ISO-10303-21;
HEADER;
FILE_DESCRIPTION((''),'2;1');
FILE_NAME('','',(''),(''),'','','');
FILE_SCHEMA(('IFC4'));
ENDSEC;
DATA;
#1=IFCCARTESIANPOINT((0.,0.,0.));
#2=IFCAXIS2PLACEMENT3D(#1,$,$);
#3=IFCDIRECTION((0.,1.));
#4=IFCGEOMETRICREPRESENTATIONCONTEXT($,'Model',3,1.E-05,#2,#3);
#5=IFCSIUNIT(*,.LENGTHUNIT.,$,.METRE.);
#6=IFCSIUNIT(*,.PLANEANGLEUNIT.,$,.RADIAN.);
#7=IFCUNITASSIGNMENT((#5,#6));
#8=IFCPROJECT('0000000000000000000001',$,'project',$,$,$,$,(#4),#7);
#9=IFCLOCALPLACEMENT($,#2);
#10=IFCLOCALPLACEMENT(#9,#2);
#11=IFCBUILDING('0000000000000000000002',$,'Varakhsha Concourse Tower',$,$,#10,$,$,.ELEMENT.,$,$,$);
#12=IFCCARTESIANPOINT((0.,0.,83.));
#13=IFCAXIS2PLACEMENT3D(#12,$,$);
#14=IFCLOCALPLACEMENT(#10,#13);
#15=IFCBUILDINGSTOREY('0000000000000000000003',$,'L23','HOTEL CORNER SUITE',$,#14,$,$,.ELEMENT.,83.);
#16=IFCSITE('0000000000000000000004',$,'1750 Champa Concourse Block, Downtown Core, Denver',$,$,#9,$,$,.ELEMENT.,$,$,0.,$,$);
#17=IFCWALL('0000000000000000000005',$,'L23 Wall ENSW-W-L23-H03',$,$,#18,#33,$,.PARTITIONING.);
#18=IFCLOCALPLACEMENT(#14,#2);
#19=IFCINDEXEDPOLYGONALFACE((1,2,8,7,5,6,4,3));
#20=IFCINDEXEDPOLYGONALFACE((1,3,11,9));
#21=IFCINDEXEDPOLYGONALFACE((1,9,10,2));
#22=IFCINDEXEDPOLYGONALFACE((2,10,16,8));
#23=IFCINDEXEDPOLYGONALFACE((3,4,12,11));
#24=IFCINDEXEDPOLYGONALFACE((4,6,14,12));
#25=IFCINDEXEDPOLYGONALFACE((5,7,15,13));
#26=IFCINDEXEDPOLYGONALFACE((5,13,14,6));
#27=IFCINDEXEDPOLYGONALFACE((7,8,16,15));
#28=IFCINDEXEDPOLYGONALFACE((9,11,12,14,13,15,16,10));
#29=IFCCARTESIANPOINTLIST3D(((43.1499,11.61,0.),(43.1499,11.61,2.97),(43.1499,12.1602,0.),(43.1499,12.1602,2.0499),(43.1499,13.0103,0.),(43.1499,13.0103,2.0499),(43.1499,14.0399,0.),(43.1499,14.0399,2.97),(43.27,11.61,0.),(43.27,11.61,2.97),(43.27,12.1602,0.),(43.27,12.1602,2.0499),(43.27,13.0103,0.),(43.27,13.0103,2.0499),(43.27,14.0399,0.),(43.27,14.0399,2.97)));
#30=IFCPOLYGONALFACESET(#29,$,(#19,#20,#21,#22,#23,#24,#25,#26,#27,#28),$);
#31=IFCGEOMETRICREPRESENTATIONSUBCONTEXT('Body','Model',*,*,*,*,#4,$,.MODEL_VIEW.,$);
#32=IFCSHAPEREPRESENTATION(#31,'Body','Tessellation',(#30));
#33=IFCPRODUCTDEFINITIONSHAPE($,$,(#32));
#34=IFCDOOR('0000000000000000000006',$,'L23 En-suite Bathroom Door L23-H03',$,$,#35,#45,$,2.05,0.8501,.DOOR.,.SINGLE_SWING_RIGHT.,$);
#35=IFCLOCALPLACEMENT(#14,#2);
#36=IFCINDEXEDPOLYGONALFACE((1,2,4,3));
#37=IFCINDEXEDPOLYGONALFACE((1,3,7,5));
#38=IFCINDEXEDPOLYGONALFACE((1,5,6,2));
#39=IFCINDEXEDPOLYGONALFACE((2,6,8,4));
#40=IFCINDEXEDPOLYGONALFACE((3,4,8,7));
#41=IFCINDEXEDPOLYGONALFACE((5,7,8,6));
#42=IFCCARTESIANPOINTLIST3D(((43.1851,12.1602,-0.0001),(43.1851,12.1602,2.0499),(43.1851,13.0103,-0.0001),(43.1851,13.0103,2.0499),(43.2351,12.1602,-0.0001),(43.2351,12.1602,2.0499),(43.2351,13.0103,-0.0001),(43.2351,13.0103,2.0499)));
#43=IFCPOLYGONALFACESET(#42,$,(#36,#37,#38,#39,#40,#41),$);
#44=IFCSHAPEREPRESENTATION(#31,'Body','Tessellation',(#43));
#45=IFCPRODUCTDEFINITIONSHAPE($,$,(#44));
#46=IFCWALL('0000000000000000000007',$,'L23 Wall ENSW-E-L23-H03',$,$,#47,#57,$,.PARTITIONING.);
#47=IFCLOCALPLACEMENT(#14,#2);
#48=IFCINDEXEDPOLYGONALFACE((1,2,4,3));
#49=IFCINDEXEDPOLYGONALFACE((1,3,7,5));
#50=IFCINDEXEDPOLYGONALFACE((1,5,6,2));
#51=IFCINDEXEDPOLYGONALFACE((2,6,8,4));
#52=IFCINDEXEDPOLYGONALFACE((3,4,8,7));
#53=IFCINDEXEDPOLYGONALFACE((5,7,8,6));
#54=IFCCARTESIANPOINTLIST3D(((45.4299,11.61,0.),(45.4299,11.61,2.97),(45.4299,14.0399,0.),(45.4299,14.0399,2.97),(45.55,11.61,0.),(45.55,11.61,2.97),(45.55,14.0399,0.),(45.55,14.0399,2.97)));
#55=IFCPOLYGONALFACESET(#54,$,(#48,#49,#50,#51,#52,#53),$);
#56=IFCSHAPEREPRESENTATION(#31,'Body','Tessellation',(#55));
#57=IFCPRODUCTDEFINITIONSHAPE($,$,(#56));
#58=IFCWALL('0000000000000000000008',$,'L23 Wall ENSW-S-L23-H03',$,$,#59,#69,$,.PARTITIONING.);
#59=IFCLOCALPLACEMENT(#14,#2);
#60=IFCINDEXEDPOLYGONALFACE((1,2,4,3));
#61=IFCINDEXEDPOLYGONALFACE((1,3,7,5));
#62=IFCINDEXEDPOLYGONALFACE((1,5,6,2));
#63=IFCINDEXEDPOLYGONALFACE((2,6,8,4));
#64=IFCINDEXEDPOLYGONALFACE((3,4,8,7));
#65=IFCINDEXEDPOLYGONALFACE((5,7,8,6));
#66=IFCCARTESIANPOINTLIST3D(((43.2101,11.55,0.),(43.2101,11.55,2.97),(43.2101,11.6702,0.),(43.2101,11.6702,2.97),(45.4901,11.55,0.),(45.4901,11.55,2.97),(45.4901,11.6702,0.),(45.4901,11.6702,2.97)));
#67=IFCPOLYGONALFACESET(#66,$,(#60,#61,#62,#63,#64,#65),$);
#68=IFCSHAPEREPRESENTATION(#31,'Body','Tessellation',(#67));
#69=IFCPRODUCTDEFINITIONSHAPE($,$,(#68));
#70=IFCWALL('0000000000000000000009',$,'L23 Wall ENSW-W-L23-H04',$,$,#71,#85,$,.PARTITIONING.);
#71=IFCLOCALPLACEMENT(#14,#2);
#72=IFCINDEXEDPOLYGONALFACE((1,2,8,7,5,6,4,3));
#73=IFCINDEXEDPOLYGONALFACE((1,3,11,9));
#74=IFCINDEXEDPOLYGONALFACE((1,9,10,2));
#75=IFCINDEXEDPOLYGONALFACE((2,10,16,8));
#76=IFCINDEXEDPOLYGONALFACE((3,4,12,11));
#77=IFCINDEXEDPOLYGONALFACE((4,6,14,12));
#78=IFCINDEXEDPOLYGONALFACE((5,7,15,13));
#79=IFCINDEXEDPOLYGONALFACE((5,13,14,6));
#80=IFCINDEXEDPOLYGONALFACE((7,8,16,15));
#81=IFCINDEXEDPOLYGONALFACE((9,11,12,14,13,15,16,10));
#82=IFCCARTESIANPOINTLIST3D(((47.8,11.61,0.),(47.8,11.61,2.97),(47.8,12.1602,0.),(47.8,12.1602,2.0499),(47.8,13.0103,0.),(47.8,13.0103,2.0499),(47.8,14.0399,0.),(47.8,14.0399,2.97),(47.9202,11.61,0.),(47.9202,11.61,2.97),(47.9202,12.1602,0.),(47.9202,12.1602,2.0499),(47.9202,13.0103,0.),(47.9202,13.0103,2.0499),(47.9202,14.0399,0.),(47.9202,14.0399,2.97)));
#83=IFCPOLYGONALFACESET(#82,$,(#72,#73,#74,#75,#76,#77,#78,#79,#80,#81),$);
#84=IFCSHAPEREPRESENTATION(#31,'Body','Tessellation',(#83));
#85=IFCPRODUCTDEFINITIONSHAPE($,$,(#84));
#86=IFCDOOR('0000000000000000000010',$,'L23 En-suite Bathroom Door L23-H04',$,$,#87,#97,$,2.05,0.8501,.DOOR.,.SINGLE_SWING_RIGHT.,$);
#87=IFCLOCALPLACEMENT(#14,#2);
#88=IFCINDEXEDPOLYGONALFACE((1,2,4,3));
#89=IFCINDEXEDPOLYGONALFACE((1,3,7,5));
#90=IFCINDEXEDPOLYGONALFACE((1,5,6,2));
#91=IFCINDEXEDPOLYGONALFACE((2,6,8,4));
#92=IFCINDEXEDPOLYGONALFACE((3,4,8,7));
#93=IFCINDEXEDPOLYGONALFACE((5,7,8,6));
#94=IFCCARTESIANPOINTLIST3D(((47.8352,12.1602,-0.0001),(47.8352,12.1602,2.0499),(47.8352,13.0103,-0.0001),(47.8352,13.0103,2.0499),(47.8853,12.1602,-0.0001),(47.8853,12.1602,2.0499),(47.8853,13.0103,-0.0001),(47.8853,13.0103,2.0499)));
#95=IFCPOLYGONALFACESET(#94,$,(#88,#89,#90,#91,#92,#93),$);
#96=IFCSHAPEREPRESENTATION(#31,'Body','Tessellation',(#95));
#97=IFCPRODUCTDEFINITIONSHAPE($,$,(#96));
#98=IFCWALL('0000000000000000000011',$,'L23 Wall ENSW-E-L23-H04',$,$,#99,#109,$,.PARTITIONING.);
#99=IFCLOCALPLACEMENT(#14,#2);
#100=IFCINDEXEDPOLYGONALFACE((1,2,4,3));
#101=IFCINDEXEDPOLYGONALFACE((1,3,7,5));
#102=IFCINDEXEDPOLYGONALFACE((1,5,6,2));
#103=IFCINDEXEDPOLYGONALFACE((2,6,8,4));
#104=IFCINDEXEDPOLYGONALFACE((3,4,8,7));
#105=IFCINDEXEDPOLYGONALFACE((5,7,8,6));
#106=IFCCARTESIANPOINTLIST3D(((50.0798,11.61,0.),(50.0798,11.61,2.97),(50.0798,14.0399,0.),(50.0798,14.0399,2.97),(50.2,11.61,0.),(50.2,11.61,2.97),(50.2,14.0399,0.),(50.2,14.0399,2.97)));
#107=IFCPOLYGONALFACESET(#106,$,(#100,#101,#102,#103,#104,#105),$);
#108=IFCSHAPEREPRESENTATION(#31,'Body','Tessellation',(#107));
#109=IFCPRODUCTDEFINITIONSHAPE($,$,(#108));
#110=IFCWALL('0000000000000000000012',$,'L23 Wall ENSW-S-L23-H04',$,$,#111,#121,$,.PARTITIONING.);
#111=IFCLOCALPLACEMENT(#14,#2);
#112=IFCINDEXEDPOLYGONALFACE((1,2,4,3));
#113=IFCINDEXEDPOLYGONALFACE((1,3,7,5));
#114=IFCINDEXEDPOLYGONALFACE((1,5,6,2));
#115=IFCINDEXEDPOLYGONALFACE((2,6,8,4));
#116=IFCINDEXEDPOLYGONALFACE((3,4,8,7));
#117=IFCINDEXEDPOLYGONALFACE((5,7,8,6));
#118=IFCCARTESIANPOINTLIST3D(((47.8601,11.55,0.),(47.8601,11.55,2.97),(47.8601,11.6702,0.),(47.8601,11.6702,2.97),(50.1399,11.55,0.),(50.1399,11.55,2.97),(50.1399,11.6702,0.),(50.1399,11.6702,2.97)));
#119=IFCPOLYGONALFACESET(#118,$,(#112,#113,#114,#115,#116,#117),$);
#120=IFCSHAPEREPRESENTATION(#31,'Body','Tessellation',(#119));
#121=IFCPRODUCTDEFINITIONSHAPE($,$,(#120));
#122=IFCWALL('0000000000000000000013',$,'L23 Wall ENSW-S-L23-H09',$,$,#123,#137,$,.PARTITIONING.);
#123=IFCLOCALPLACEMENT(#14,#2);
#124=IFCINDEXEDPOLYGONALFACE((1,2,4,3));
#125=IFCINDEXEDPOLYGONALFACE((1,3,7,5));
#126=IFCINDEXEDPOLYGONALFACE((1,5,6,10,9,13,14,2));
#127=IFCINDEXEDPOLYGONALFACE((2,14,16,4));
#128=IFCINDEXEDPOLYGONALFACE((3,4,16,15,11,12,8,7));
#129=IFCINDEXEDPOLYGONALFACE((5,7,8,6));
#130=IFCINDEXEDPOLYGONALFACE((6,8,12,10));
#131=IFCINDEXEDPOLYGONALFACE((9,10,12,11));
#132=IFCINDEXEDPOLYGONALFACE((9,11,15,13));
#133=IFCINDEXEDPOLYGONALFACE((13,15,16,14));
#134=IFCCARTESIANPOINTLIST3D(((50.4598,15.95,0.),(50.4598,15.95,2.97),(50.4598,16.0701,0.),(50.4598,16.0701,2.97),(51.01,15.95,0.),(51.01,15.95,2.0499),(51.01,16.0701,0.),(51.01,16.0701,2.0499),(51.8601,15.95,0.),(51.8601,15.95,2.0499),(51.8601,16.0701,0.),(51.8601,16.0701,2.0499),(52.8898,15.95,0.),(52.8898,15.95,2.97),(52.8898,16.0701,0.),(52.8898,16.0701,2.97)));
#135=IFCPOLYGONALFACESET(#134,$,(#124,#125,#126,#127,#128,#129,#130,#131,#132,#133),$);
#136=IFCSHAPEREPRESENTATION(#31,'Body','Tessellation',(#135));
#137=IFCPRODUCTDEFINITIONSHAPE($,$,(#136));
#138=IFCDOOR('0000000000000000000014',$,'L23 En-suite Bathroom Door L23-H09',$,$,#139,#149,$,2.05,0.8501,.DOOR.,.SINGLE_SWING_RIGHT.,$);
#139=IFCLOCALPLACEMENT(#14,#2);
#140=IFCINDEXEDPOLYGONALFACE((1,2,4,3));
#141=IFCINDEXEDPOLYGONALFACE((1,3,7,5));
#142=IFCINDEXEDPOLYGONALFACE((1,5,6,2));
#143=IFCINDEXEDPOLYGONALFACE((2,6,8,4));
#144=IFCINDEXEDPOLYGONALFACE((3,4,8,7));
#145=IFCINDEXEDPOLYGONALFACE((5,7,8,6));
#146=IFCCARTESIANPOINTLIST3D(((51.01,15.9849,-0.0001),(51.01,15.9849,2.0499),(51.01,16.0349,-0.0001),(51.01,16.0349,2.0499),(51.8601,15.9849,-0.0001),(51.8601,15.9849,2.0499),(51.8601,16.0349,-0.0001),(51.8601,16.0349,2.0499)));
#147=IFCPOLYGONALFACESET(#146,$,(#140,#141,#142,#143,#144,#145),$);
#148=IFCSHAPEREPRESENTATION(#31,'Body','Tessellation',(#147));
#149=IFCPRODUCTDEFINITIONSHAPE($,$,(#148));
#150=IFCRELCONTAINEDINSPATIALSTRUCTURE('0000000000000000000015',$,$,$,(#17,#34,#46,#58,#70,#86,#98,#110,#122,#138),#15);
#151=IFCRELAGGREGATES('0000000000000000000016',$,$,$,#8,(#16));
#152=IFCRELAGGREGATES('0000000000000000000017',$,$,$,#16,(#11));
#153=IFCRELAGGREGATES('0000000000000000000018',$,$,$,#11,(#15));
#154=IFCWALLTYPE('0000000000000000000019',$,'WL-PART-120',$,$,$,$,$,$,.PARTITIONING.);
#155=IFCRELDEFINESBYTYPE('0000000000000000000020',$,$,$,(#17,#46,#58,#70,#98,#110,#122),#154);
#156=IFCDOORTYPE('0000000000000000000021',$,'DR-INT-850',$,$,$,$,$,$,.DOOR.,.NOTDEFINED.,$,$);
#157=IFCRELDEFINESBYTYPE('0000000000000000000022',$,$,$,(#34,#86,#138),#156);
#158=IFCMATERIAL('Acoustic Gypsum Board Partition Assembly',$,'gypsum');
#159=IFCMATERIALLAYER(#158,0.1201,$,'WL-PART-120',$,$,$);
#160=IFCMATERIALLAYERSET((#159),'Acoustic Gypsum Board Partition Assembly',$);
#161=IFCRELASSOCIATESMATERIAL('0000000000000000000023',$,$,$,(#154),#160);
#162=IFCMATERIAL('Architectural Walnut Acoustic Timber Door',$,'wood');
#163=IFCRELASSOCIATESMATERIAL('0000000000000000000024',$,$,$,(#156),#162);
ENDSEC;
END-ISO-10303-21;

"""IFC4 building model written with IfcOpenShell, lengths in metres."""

from ifc_helpers import new_model, si_unit, direction, frame, frame_2d, origin, place, context, subcontext, project, spatial, rectangle, extrude, material, layer, layer_set, type_object, element, fill, save


model = new_model("IFC4")

# Units and contexts
model_context = context("Model", 3, precision=1e-05, world=origin(), true_north=direction((0.0, 1.0)))
body_context = subcontext(model_context, "Body", "Model", "MODEL_VIEW")
ifc_project = project(units=[si_unit("LENGTHUNIT", "METRE"), si_unit("PLANEANGLEUNIT", "RADIAN")], contexts=[model_context])

# Site, building, storey
site_placement = place(None, origin())
site = spatial("IfcSite", under=ifc_project, at=site_placement, Name="1750 Champa Concourse Block, Downtown Core, Denver", CompositionType="ELEMENT", RefElevation=0.0)
building_placement = place(site_placement, origin())
building = spatial("IfcBuilding", under=site, at=building_placement, Name="Varakhsha Concourse Tower", CompositionType="ELEMENT")
storey_placement = place(building_placement, frame((0.0, 0.0, 83.0)))
storey = spatial("IfcBuildingStorey", under=building, at=storey_placement, Name="L23", Description="HOTEL CORNER SUITE", CompositionType="ELEMENT", Elevation=83.0)

# Wall, opening, door
ifc_material_1 = material(Name="Acoustic Gypsum Board Partition Assembly", Category="gypsum")
ifc_layer_1 = layer(ifc_material_1, 0.1201, Name="WL-PART-120")
ifc_layer_set_1 = layer_set([ifc_layer_1], Name="Acoustic Gypsum Board Partition Assembly")
wall_type_1 = type_object("IfcWallType", Name="WL-PART-120", PredefinedType="PARTITIONING", material=ifc_layer_set_1)
wall_1_placement = place(storey_placement, frame((43.21, 11.6101, 0.0), z_axis=(0.0, 0.0, 1.0), x_axis=(0.0, 1.0, 0.0)))
wall_1 = element("IfcWall", 1, at=wall_1_placement, inside=storey, type_object=wall_type_1, Name="L23 Wall ENSW-W-L23-H03", PredefinedType="PARTITIONING", context=body_context, shape_type="SweptSolid", body=[
    extrude(rectangle(XDim=2.4299, YDim=0.1201, at=frame_2d((1.2148, 0.0))), origin(), (0.0, 0.0, 1.0), 2.97),
])
opening_1_placement = place(wall_1_placement, frame((0.55, 0.0, 0.0)))
opening_1 = element("IfcOpeningElement", 2, at=opening_1_placement, cuts=wall_1, PredefinedType="OPENING", context=body_context, shape_type="SweptSolid", body=[
    extrude(rectangle(XDim=0.8501, YDim=2.05, at=frame_2d((0.425, 1.0249))), frame((0.0, 0.0701, 0.0), z_axis=(0.0, -1.0, 0.0), x_axis=(1.0, 0.0, 0.0)), (0.0, 0.0, 1.0), 0.1401),
])
ifc_material_2 = material(Name="Architectural Walnut Acoustic Timber Door", Category="wood")
door_type_1 = type_object("IfcDoorType", Name="DR-INT-850", OperationType="NOTDEFINED", PredefinedType="DOOR", material=ifc_material_2)
door_1_placement = place(opening_1_placement, origin())
door_1 = element("IfcDoor", 3, at=door_1_placement, inside=storey, type_object=door_type_1, Name="L23 En-suite Bathroom Door L23-H03", OperationType="SINGLE_SWING_RIGHT", OverallHeight=2.05, OverallWidth=0.8501, PredefinedType="DOOR", context=body_context, shape_type="SweptSolid", body=[
    extrude(rectangle(XDim=0.8501, YDim=2.05, at=frame_2d((0.425, 1.0249))), frame((0.0, 0.0249, 0.0), z_axis=(0.0, -1.0, 0.0), x_axis=(1.0, 0.0, 0.0)), (0.0, 0.0, 1.0), 0.05),
])
fill(opening_1, door_1)

# Walls
wall_2_placement = place(storey_placement, frame((45.49, 11.6101, 0.0), z_axis=(0.0, 0.0, 1.0), x_axis=(0.0, 1.0, 0.0)))
element("IfcWall", 4, at=wall_2_placement, inside=storey, type_object=wall_type_1, Name="L23 Wall ENSW-E-L23-H03", PredefinedType="PARTITIONING", context=body_context, shape_type="SweptSolid", body=[
    extrude(rectangle(XDim=2.4299, YDim=0.1201, at=frame_2d((1.2148, 0.0))), origin(), (0.0, 0.0, 1.0), 2.97),
])
wall_3_placement = place(storey_placement, frame((43.21, 11.6101, 0.0), z_axis=(0.0, 0.0, 1.0), x_axis=(1.0, 0.0, 0.0)))
element("IfcWall", 5, at=wall_3_placement, inside=storey, type_object=wall_type_1, Name="L23 Wall ENSW-S-L23-H03", PredefinedType="PARTITIONING", context=body_context, shape_type="SweptSolid", body=[
    extrude(rectangle(XDim=2.28, YDim=0.1201, at=frame_2d((1.1401, 0.0))), origin(), (0.0, 0.0, 1.0), 2.97),
])

# Wall, opening, door
wall_4_placement = place(storey_placement, frame((47.8601, 11.6101, 0.0), z_axis=(0.0, 0.0, 1.0), x_axis=(0.0, 1.0, 0.0)))
wall_4 = element("IfcWall", 6, at=wall_4_placement, inside=storey, type_object=wall_type_1, Name="L23 Wall ENSW-W-L23-H04", PredefinedType="PARTITIONING", context=body_context, shape_type="SweptSolid", body=[
    extrude(rectangle(XDim=2.4299, YDim=0.1201, at=frame_2d((1.2148, 0.0))), origin(), (0.0, 0.0, 1.0), 2.97),
])
opening_2_placement = place(wall_4_placement, frame((0.55, 0.0, 0.0)))
opening_2 = element("IfcOpeningElement", 7, at=opening_2_placement, cuts=wall_4, PredefinedType="OPENING", context=body_context, shape_type="SweptSolid", body=[
    extrude(rectangle(XDim=0.8501, YDim=2.05, at=frame_2d((0.425, 1.0249))), frame((0.0, 0.0701, 0.0), z_axis=(0.0, -1.0, 0.0), x_axis=(1.0, 0.0, 0.0)), (0.0, 0.0, 1.0), 0.1401),
])
door_2_placement = place(opening_2_placement, origin())
door_2 = element("IfcDoor", 8, at=door_2_placement, inside=storey, type_object=door_type_1, Name="L23 En-suite Bathroom Door L23-H04", OperationType="SINGLE_SWING_RIGHT", OverallHeight=2.05, OverallWidth=0.8501, PredefinedType="DOOR", context=body_context, shape_type="SweptSolid", body=[
    extrude(rectangle(XDim=0.8501, YDim=2.05, at=frame_2d((0.425, 1.0249))), frame((0.0, 0.0249, 0.0), z_axis=(0.0, -1.0, 0.0), x_axis=(1.0, 0.0, 0.0)), (0.0, 0.0, 1.0), 0.05),
])
fill(opening_2, door_2)

# Walls
wall_5_placement = place(storey_placement, frame((50.1399, 11.6101, 0.0), z_axis=(0.0, 0.0, 1.0), x_axis=(0.0, 1.0, 0.0)))
element("IfcWall", 9, at=wall_5_placement, inside=storey, type_object=wall_type_1, Name="L23 Wall ENSW-E-L23-H04", PredefinedType="PARTITIONING", context=body_context, shape_type="SweptSolid", body=[
    extrude(rectangle(XDim=2.4299, YDim=0.1201, at=frame_2d((1.2148, 0.0))), origin(), (0.0, 0.0, 1.0), 2.97),
])
wall_6_placement = place(storey_placement, frame((47.8601, 11.6101, 0.0), z_axis=(0.0, 0.0, 1.0), x_axis=(1.0, 0.0, 0.0)))
element("IfcWall", 10, at=wall_6_placement, inside=storey, type_object=wall_type_1, Name="L23 Wall ENSW-S-L23-H04", PredefinedType="PARTITIONING", context=body_context, shape_type="SweptSolid", body=[
    extrude(rectangle(XDim=2.2798, YDim=0.1201, at=frame_2d((1.1399, 0.0))), origin(), (0.0, 0.0, 1.0), 2.97),
])

# Wall, opening, door
wall_7_placement = place(storey_placement, frame((50.46, 16.01, 0.0), z_axis=(0.0, 0.0, 1.0), x_axis=(1.0, 0.0, 0.0)))
wall_7 = element("IfcWall", 11, at=wall_7_placement, inside=storey, type_object=wall_type_1, Name="L23 Wall ENSW-S-L23-H09", PredefinedType="PARTITIONING", context=body_context, shape_type="SweptSolid", body=[
    extrude(rectangle(XDim=2.4299, YDim=0.1201, at=frame_2d((1.2148, 0.0))), origin(), (0.0, 0.0, 1.0), 2.97),
])
opening_3_placement = place(wall_7_placement, frame((0.55, 0.0, 0.0)))
opening_3 = element("IfcOpeningElement", 12, at=opening_3_placement, cuts=wall_7, PredefinedType="OPENING", context=body_context, shape_type="SweptSolid", body=[
    extrude(rectangle(XDim=0.8501, YDim=2.05, at=frame_2d((0.425, 1.0249))), frame((0.0, 0.0701, 0.0), z_axis=(0.0, -1.0, 0.0), x_axis=(1.0, 0.0, 0.0)), (0.0, 0.0, 1.0), 0.1401),
])
door_3_placement = place(opening_3_placement, origin())
door_3 = element("IfcDoor", 13, at=door_3_placement, inside=storey, type_object=door_type_1, Name="L23 En-suite Bathroom Door L23-H09", OperationType="SINGLE_SWING_RIGHT", OverallHeight=2.05, OverallWidth=0.8501, PredefinedType="DOOR", context=body_context, shape_type="SweptSolid", body=[
    extrude(rectangle(XDim=0.8501, YDim=2.05, at=frame_2d((0.425, 1.0249))), frame((0.0, 0.0249, 0.0), z_axis=(0.0, -1.0, 0.0), x_axis=(1.0, 0.0, 0.0)), (0.0, 0.0, 1.0), 0.05),
])
fill(opening_3, door_3)

save(model, "model.ifc")
